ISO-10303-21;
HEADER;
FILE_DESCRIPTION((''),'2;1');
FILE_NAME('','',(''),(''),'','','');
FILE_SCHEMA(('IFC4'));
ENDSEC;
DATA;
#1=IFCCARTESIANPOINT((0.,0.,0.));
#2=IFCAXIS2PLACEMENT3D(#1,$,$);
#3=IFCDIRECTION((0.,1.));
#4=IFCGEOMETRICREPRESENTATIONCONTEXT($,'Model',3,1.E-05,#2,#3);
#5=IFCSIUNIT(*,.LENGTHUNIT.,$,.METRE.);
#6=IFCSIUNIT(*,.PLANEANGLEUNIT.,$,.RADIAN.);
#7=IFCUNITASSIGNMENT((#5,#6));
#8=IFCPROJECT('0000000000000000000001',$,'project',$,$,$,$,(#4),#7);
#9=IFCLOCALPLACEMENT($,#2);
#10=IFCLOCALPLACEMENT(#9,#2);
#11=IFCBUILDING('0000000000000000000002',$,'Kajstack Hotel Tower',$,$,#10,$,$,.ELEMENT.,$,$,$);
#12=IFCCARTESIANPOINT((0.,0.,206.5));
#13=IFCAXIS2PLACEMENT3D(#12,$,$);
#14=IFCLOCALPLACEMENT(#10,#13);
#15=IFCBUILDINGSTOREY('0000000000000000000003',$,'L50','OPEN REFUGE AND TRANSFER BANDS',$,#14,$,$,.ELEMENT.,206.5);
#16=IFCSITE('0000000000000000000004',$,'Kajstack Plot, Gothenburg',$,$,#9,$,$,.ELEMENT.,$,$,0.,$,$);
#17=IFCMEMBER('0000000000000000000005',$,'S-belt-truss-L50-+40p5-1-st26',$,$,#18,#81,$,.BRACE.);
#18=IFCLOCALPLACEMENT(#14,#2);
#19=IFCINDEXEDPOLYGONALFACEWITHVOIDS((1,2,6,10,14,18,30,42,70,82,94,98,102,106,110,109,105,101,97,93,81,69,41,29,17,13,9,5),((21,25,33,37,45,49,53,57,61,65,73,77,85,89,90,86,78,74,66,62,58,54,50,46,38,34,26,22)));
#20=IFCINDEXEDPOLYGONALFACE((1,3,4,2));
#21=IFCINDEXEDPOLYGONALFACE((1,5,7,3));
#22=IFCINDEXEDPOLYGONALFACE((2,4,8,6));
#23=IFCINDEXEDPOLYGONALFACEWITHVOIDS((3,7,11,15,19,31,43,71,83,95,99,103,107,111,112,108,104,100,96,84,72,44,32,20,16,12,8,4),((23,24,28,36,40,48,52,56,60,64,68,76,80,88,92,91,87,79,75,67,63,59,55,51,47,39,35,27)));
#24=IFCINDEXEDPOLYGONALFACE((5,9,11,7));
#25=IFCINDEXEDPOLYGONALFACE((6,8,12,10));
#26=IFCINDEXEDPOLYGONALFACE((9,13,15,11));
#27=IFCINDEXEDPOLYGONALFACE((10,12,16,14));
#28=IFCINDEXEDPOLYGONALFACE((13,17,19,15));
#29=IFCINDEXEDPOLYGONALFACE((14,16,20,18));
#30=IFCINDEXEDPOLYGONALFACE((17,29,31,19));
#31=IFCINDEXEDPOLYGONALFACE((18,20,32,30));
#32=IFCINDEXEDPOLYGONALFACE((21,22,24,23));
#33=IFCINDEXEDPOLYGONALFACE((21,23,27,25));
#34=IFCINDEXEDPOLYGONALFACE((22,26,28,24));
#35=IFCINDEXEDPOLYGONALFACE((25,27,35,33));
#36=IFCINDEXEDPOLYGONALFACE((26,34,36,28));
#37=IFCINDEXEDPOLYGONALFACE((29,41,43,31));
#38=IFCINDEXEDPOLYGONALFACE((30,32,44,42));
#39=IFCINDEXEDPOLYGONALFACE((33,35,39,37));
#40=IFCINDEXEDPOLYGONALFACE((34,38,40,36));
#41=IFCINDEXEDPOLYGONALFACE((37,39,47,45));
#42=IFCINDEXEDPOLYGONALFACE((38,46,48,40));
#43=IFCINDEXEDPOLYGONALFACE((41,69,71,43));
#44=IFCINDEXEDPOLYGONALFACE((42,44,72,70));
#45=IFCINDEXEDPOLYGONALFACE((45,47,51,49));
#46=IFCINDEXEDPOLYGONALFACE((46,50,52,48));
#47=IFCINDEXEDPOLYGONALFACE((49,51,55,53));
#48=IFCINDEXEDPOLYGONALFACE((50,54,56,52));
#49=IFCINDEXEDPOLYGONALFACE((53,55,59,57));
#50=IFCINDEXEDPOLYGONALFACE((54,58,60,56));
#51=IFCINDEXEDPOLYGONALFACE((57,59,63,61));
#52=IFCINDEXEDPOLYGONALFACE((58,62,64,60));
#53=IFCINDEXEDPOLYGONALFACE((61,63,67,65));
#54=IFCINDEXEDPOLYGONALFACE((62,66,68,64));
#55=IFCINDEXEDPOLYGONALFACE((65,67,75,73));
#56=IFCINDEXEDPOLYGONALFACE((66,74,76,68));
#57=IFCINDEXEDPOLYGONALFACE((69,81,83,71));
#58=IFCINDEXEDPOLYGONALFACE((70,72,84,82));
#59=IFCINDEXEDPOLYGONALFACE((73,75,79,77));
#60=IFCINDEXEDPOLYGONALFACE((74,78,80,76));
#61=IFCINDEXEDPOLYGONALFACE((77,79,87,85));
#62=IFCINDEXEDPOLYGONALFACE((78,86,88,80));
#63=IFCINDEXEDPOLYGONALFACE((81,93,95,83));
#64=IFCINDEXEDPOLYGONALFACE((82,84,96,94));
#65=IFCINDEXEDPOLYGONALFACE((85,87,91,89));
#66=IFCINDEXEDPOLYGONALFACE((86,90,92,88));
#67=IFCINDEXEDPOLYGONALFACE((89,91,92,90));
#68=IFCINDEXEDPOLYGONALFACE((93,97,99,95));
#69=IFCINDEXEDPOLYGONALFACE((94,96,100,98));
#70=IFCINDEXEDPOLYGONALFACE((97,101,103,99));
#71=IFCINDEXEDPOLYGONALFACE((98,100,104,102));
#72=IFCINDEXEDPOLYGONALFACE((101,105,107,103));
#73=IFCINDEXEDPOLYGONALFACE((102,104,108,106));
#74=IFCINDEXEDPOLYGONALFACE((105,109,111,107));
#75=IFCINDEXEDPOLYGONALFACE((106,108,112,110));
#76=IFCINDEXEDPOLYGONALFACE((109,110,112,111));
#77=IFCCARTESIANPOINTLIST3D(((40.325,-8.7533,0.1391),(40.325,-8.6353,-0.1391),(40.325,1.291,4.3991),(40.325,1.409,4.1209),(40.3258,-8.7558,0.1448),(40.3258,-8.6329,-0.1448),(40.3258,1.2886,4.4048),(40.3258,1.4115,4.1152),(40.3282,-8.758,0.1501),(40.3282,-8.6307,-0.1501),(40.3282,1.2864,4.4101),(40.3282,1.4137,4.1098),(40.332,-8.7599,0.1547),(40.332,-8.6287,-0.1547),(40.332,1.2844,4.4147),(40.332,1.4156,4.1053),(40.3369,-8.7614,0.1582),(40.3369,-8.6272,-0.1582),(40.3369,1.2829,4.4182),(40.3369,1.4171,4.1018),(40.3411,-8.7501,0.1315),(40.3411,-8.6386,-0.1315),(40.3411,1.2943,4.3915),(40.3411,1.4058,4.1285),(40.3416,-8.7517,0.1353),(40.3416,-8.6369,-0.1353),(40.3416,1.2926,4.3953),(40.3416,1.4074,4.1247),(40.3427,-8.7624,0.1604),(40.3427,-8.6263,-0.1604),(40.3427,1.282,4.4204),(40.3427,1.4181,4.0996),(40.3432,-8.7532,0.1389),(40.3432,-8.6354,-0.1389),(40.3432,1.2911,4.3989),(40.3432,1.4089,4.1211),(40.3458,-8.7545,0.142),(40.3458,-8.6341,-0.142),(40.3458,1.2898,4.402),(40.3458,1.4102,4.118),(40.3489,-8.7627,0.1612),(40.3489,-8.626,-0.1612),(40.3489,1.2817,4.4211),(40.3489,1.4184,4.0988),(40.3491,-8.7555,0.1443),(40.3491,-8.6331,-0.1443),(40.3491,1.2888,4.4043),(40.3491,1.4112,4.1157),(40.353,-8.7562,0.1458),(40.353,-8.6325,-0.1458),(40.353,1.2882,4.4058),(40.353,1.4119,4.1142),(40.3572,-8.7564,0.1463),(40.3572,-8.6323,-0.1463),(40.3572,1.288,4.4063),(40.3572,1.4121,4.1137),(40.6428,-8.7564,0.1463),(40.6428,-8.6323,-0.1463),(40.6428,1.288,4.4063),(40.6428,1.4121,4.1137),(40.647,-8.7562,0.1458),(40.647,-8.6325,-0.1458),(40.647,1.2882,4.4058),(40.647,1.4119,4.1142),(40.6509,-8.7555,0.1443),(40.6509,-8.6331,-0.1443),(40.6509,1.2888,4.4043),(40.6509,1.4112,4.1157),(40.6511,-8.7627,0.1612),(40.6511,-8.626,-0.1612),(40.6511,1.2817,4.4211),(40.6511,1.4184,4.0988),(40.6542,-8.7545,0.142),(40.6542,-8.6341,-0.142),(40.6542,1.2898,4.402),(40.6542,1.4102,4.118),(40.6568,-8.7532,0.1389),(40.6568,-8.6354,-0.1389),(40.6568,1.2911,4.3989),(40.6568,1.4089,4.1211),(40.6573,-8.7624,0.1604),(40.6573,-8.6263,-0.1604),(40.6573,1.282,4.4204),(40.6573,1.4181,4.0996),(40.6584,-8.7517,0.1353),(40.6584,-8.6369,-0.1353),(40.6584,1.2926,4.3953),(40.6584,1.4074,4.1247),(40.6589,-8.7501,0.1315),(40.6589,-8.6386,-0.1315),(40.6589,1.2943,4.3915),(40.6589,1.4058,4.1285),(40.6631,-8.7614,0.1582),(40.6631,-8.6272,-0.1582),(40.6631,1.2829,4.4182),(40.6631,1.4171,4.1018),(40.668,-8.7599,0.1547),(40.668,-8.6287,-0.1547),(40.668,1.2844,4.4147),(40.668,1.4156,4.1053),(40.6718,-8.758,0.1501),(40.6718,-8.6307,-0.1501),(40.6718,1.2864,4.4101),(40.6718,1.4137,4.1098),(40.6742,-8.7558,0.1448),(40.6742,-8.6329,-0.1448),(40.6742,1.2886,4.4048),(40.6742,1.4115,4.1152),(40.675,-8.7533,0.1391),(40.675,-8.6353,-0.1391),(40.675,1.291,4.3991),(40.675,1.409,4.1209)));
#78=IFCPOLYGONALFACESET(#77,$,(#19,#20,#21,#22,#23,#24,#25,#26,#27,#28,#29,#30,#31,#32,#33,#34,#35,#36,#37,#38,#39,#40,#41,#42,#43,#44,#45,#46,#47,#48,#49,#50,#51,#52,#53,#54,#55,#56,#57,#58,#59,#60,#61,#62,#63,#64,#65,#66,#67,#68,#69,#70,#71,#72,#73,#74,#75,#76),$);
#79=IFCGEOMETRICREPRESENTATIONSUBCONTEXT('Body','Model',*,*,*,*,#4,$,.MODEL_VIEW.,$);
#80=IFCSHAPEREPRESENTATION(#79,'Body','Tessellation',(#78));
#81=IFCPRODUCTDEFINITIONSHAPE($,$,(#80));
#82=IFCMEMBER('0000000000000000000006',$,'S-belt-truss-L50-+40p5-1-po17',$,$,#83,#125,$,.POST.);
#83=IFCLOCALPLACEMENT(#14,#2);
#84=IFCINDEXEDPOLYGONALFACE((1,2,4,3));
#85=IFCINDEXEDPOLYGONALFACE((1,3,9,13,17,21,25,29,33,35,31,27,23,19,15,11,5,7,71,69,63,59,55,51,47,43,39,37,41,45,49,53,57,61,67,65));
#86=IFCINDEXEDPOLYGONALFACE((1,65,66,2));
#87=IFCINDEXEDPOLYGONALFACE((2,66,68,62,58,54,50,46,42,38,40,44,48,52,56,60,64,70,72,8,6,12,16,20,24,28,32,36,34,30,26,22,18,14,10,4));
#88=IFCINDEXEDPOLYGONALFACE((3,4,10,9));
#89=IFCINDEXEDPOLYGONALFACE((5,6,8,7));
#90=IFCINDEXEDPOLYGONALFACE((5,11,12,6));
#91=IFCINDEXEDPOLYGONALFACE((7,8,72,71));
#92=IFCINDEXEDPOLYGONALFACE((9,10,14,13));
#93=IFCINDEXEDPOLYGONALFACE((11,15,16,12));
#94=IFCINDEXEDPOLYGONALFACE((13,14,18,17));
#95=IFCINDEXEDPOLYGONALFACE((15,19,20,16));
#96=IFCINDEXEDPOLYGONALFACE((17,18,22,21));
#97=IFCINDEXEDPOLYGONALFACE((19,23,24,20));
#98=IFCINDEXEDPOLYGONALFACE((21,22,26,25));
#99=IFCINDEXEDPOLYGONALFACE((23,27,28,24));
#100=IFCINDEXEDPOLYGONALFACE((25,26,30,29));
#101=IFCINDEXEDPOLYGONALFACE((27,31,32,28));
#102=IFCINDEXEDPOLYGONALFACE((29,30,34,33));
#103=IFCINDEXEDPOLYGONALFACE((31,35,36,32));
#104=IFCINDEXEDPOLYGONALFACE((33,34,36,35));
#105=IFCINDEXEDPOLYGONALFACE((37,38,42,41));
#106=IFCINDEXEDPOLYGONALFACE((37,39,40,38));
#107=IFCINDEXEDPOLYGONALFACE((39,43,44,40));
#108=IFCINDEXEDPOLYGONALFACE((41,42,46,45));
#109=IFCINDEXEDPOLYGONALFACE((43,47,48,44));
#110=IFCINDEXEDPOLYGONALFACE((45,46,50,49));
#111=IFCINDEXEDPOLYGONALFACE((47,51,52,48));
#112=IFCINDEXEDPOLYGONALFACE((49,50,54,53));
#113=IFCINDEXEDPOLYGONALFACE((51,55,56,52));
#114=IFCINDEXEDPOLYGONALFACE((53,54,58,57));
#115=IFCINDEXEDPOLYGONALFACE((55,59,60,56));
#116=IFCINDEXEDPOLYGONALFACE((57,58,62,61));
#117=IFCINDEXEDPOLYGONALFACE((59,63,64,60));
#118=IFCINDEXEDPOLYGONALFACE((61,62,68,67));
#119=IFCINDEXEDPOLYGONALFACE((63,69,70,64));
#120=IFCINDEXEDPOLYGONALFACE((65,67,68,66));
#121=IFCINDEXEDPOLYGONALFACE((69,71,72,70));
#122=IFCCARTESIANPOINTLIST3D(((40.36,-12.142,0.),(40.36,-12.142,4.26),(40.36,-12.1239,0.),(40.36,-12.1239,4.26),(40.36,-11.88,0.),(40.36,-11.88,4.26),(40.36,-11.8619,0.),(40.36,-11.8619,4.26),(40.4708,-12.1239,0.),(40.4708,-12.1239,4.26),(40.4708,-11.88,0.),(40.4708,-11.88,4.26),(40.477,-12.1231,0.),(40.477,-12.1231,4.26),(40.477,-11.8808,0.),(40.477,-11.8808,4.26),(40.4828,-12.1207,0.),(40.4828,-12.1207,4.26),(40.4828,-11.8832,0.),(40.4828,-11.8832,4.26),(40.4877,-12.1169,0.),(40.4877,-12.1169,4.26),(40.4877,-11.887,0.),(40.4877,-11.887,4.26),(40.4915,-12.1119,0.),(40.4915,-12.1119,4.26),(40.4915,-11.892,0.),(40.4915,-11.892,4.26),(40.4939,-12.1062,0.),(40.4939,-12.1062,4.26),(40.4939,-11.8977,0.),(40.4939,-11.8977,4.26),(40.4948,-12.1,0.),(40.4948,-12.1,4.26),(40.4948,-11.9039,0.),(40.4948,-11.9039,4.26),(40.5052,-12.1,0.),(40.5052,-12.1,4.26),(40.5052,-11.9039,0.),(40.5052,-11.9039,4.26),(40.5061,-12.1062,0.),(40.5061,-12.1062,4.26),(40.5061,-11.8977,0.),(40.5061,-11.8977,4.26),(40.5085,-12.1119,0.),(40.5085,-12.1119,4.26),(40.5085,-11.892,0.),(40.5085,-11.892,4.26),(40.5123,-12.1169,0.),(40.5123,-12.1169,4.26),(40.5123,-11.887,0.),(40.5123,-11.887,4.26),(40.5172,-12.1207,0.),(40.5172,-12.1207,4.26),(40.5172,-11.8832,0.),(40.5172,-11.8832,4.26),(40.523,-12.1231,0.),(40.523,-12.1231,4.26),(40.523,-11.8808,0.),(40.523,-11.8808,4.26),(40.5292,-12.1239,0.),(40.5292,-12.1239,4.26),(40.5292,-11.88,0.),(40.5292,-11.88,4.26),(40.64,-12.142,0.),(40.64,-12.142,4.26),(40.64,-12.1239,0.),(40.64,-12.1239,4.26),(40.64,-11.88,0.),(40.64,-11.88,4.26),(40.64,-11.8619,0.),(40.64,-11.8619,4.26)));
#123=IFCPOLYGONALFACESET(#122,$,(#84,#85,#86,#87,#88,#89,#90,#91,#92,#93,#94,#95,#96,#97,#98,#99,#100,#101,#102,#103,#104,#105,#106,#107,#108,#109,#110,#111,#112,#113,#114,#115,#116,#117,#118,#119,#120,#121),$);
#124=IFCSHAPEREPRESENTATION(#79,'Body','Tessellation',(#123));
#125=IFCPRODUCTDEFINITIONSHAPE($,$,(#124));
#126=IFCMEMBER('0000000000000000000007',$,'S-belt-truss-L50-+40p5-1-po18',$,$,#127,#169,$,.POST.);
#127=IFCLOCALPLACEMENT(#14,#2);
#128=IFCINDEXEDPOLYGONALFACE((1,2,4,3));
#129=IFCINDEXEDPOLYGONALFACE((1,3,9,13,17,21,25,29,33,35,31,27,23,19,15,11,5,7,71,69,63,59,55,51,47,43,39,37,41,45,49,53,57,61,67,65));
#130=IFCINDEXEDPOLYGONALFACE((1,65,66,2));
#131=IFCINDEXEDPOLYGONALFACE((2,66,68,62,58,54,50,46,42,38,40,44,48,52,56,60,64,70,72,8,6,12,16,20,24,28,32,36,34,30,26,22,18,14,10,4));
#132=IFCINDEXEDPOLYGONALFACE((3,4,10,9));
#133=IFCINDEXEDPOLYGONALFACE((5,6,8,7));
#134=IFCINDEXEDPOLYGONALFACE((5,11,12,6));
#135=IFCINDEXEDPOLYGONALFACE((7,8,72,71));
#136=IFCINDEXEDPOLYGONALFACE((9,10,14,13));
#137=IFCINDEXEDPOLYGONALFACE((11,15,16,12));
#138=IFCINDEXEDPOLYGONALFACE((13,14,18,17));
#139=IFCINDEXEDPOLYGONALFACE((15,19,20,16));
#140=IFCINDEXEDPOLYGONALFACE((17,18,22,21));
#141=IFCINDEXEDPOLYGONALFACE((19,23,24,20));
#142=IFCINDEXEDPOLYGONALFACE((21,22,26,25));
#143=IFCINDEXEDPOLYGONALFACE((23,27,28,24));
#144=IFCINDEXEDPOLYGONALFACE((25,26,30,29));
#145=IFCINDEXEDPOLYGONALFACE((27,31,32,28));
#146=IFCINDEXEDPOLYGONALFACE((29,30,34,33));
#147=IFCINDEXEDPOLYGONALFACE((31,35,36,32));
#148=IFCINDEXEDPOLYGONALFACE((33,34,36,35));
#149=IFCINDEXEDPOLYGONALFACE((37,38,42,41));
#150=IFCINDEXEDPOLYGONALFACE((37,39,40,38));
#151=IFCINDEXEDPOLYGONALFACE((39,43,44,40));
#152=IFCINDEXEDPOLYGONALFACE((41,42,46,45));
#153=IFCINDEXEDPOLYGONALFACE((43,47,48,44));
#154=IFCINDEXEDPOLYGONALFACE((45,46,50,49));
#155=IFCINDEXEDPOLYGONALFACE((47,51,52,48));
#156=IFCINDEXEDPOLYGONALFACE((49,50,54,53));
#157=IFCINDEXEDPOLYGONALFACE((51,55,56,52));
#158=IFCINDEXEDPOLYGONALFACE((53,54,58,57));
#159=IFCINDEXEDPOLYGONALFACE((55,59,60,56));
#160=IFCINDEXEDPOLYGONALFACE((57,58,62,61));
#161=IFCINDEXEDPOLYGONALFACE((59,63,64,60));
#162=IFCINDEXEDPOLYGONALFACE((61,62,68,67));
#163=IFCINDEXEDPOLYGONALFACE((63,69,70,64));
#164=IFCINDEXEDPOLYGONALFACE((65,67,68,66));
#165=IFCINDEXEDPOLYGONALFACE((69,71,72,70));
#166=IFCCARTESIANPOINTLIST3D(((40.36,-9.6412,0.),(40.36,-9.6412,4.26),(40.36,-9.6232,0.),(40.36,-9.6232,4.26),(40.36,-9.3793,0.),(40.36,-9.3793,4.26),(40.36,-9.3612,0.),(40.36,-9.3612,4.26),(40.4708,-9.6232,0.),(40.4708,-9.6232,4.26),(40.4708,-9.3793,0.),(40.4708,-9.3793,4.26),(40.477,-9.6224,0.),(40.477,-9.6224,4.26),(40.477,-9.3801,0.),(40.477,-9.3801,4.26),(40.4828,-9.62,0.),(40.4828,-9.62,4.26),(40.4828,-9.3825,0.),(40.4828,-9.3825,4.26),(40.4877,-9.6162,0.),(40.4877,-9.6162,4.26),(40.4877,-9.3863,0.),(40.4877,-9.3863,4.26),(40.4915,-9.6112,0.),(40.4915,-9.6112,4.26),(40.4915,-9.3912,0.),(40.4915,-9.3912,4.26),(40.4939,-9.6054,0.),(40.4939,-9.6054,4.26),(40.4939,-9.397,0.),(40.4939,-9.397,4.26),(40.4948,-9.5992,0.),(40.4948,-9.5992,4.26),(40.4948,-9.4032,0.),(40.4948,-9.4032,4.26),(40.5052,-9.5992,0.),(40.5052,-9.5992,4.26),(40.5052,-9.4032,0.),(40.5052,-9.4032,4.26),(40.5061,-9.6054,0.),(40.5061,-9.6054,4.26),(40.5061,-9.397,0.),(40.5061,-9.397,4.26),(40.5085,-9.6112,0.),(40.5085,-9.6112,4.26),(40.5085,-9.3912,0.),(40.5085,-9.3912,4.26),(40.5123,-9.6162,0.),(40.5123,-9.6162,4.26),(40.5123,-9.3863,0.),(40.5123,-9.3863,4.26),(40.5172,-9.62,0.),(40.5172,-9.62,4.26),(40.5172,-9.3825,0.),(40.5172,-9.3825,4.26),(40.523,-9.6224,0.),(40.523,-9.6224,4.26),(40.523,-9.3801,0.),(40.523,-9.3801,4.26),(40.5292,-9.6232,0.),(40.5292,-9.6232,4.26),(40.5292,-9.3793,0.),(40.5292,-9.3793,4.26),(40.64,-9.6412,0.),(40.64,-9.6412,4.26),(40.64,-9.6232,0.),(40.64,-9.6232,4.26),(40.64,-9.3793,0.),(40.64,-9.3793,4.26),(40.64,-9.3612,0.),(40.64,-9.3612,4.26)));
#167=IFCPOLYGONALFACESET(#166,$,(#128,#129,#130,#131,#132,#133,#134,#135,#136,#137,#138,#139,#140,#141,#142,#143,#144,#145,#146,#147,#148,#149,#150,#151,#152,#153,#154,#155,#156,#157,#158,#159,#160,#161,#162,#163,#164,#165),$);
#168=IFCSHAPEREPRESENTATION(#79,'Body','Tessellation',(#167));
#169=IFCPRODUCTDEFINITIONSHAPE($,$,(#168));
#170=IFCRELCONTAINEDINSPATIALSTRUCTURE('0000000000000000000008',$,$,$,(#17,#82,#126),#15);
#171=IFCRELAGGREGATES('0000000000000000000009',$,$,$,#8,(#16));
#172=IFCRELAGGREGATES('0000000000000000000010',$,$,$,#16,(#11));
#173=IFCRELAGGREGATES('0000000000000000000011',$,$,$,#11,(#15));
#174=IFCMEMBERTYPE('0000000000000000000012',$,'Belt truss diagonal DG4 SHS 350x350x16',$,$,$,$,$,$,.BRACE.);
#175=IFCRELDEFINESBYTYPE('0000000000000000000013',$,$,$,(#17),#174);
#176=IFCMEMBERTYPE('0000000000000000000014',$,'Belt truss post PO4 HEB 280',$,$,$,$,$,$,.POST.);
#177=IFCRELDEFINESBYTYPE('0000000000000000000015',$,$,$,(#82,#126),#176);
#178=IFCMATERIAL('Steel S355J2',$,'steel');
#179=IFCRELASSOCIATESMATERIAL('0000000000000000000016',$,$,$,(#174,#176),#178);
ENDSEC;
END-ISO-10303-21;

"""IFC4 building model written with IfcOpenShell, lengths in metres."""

from ifc_helpers import new_model, si_unit, direction, frame, origin, origin_2d, place, context, subcontext, project, spatial, hollow_rectangle, i_section, extrude, material, material_profile, profile_set, type_object, element, save


model = new_model("IFC4")

# Units and contexts
model_context = context("Model", 3, precision=1e-05, world=origin(), true_north=direction((0.0, 1.0)))
body_context = subcontext(model_context, "Body", "Model", "MODEL_VIEW")
ifc_project = project(units=[si_unit("LENGTHUNIT", "METRE"), si_unit("PLANEANGLEUNIT", "RADIAN")], contexts=[model_context])

# Site, building, storey
site_placement = place(None, origin())
site = spatial("IfcSite", under=ifc_project, at=site_placement, Name="Kajstack Plot, Gothenburg", CompositionType="ELEMENT", RefElevation=0.0)
building_placement = place(site_placement, origin())
building = spatial("IfcBuilding", under=site, at=building_placement, Name="Kajstack Hotel Tower", CompositionType="ELEMENT")
storey_placement = place(building_placement, frame((0.0, 0.0, 206.5)))
storey = spatial("IfcBuildingStorey", under=building, at=storey_placement, Name="L50", Description="OPEN REFUGE AND TRANSFER BANDS", CompositionType="ELEMENT", Elevation=206.5)

# Members
ifc_material = material(Name="Steel S355J2", Category="steel")
ifc_material_profile_1 = material_profile(ifc_material, hollow_rectangle(XDim=0.3501, YDim=0.3501, WallThickness=0.0161, InnerFilletRadius=0.0161, OuterFilletRadius=0.0239, at=origin_2d()), Name="SHS 350x350x16")
ifc_profile_set_1 = profile_set([ifc_material_profile_1], Name="Steel S355J2")
member_type_1 = type_object("IfcMemberType", Name="Belt truss diagonal DG4 SHS 350x350x16", PredefinedType="BRACE", material=ifc_profile_set_1)
member_1_placement = place(storey_placement, frame((40.5, -8.6943, 0.0), z_axis=(0.0, 0.920623, 0.390452), x_axis=(-1.0, 0.0, 0.0)))
element("IfcMember", 1, at=member_1_placement, inside=storey, type_object=member_type_1, Name="S-belt-truss-L50-+40p5-1-st26", PredefinedType="BRACE", context=body_context, shape_type="SweptSolid", body=[
    extrude(hollow_rectangle(XDim=0.3501, YDim=0.3501, WallThickness=0.0161, InnerFilletRadius=0.0161, OuterFilletRadius=0.0239, at=origin_2d()), origin(), (0.0, 0.0, 1.0), 10.9104),
])
ifc_material_profile_2 = material_profile(ifc_material, i_section(OverallWidth=0.28, OverallDepth=0.28, WebThickness=0.0105, FlangeThickness=0.0181, FilletRadius=0.0239, at=origin_2d()), Name="HEB 280")
ifc_profile_set_2 = profile_set([ifc_material_profile_2], Name="Steel S355J2")
member_type_2 = type_object("IfcMemberType", Name="Belt truss post PO4 HEB 280", PredefinedType="POST", material=ifc_profile_set_2)
for number, where, z_axis, x_axis, name in (
    (2, (40.5, -12.002, 0.0), (0.0, 0.0, 1.0), (1.0, 0.0, 0.0), "S-belt-truss-L50-+40p5-1-po17"),
    (3, (40.5, -9.5012, 0.0), (0.0, 0.0, 1.0), (1.0, 0.0, 0.0), "S-belt-truss-L50-+40p5-1-po18"),
):
    element("IfcMember", number, at=place(storey_placement, frame(where, z_axis=z_axis, x_axis=x_axis)), inside=storey, type_object=member_type_2, Name=name, PredefinedType="POST", context=body_context, shape_type="SweptSolid", body=[
        extrude(i_section(OverallWidth=0.28, OverallDepth=0.28, WebThickness=0.0105, FlangeThickness=0.0181, FilletRadius=0.0239, at=origin_2d()), origin(), (0.0, 0.0, 1.0), 4.26),
    ])

save(model, "model.ifc")
